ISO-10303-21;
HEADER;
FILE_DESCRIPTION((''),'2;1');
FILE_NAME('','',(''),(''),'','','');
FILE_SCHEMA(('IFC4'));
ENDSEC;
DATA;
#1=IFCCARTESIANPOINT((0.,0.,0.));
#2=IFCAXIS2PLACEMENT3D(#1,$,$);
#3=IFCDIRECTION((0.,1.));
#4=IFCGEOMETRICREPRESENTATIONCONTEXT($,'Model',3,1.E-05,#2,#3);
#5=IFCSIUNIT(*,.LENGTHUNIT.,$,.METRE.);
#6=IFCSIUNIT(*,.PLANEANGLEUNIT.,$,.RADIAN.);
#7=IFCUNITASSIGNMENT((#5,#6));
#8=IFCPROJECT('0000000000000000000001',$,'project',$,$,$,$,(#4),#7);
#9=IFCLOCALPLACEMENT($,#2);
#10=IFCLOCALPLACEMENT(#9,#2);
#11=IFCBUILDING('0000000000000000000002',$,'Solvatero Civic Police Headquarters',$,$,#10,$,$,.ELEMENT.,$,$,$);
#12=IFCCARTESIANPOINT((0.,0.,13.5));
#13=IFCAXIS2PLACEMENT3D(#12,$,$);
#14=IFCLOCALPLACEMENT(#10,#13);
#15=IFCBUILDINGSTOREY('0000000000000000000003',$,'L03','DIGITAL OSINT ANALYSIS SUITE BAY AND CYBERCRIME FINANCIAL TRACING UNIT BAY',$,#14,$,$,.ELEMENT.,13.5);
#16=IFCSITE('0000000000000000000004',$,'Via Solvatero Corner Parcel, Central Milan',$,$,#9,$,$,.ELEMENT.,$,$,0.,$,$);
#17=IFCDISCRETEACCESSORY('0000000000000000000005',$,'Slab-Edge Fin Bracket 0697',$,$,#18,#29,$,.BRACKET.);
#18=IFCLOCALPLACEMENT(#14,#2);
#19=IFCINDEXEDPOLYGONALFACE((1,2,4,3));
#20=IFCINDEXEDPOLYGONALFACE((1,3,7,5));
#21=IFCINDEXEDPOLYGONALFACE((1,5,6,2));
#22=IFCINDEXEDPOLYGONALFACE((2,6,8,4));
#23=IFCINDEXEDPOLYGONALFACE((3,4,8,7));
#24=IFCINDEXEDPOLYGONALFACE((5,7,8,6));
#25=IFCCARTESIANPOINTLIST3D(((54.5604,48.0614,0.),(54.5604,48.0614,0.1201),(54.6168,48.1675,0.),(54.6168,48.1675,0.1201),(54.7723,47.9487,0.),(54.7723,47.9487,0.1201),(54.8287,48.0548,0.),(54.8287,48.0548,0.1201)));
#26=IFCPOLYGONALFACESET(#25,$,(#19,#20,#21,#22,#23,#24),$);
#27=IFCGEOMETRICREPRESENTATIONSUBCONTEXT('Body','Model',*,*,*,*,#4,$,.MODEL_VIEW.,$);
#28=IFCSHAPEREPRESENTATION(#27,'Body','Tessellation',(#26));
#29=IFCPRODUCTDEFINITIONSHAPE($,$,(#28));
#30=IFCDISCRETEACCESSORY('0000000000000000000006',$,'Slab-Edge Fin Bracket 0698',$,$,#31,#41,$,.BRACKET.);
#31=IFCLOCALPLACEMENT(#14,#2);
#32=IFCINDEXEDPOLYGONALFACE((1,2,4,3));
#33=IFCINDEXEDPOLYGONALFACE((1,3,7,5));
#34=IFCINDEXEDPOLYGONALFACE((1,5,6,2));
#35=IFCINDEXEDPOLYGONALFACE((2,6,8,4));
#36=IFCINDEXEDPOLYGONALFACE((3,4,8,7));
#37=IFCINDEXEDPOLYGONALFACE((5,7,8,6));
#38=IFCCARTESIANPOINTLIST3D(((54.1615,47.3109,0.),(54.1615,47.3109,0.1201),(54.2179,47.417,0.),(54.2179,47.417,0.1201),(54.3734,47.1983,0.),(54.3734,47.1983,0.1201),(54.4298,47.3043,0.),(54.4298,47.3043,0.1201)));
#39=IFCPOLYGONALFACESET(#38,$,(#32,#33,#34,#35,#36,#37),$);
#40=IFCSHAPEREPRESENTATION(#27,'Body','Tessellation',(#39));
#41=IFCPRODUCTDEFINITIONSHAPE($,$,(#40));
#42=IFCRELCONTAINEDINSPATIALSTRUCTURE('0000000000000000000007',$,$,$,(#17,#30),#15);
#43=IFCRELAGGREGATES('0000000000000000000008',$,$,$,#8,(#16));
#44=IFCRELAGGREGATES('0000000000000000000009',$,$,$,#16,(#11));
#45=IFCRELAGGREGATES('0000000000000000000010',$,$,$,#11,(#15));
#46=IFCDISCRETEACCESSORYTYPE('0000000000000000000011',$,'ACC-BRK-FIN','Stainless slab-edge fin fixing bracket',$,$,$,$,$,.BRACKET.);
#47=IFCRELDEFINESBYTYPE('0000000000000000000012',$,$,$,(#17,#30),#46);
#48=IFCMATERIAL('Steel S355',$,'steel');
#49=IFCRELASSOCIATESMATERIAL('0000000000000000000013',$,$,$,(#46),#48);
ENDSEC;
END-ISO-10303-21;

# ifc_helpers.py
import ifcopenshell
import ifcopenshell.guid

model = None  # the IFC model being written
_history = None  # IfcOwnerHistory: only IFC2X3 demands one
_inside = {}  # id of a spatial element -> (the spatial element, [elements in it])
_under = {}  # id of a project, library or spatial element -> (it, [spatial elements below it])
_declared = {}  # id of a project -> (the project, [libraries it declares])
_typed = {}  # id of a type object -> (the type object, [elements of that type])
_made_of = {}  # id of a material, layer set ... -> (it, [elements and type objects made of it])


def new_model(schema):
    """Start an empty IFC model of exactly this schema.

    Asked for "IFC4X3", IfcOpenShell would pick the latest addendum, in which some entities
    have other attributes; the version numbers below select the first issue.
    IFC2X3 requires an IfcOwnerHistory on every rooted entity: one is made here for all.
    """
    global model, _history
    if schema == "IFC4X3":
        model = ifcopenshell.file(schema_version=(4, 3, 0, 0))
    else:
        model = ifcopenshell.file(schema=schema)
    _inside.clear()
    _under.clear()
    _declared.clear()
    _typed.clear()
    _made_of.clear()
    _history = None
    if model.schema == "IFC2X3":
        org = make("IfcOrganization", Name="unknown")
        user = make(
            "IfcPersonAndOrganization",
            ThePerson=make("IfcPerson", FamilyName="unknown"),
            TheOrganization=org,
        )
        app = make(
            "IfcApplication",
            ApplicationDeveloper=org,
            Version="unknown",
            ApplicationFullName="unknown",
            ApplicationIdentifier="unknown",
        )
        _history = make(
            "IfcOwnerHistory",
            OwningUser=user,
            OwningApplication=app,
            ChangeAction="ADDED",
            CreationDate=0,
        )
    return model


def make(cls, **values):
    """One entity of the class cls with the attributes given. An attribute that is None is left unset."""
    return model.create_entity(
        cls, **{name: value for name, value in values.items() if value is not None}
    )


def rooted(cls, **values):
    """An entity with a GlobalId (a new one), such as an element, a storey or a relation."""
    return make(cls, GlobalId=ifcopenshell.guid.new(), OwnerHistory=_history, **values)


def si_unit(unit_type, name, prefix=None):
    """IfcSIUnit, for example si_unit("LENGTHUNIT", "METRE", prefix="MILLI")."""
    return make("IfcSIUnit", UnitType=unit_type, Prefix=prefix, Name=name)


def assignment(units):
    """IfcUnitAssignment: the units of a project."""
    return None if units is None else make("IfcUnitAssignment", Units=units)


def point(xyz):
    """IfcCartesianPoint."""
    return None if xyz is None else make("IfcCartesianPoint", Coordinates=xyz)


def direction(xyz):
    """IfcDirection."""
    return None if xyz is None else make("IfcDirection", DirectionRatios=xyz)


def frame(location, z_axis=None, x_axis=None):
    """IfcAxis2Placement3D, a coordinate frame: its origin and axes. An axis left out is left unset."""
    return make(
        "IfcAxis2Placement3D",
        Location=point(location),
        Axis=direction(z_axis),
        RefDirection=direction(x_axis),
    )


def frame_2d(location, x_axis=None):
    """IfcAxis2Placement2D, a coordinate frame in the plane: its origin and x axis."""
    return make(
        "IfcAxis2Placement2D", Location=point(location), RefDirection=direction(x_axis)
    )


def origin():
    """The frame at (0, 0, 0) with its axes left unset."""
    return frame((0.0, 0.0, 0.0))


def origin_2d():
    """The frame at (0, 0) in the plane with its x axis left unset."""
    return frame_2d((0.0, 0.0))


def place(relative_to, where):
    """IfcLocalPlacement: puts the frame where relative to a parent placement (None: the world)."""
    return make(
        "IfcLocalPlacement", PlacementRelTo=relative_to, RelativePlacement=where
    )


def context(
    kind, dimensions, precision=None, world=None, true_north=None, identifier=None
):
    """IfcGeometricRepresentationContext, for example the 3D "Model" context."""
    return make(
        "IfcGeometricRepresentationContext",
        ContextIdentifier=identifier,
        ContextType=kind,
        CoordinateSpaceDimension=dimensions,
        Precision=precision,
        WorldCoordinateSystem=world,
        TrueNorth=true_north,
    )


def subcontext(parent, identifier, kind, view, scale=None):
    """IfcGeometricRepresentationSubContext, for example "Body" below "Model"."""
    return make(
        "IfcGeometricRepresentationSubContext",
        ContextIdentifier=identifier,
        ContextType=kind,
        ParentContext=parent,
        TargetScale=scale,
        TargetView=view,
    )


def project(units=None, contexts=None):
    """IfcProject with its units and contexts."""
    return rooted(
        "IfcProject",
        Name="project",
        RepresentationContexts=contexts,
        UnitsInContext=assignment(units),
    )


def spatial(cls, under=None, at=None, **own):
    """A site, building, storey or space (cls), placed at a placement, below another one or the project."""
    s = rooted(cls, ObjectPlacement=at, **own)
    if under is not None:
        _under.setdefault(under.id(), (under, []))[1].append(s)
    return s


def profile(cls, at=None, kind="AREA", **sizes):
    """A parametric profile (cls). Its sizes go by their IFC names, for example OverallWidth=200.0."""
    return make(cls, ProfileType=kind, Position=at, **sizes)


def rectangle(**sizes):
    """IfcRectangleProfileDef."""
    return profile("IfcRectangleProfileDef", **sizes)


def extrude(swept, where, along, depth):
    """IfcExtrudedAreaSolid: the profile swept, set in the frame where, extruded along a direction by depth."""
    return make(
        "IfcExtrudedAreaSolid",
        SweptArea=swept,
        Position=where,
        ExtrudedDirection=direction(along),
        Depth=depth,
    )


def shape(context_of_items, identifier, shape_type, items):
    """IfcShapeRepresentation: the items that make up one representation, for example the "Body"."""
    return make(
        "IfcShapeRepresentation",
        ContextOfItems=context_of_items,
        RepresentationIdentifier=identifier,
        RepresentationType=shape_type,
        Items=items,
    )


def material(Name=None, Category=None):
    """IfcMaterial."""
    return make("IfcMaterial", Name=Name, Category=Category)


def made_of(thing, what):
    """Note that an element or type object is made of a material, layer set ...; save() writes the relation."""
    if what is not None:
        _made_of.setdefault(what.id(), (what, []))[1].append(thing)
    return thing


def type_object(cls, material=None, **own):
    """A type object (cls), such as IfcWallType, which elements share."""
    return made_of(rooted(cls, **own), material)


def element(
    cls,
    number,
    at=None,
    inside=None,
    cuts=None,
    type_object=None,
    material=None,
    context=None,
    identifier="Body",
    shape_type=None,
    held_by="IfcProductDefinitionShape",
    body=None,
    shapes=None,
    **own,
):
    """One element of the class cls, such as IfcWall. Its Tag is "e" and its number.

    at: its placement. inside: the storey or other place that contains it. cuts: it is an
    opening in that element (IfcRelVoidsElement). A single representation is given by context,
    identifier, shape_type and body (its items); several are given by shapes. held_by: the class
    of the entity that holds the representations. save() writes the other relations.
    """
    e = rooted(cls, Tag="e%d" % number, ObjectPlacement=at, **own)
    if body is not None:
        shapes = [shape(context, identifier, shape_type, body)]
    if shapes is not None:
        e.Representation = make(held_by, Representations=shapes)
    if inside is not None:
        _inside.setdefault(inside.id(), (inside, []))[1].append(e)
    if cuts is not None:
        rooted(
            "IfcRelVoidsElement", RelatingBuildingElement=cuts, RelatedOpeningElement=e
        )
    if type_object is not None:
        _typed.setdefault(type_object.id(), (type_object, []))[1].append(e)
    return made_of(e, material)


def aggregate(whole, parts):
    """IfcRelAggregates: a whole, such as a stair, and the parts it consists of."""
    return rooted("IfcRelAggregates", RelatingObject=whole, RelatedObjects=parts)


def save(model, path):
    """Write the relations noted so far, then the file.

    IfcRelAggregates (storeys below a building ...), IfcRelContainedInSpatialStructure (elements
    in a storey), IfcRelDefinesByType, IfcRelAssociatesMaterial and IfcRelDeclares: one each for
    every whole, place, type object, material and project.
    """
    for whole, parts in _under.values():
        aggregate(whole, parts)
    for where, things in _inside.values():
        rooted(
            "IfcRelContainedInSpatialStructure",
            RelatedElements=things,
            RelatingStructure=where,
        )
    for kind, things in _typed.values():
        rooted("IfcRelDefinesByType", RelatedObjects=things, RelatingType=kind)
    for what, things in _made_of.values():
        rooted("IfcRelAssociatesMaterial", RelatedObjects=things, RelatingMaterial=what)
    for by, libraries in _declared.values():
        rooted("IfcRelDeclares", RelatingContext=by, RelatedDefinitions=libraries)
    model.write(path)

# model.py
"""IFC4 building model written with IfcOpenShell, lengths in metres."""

from ifc_helpers import new_model, si_unit, direction, frame, origin, origin_2d, place, context, subcontext, project, spatial, rectangle, extrude, material, type_object, element, save


model = new_model("IFC4")

# Units and contexts
model_context = context("Model", 3, precision=1e-05, world=origin(), true_north=direction((0.0, 1.0)))
body_context = subcontext(model_context, "Body", "Model", "MODEL_VIEW")
ifc_project = project(units=[si_unit("LENGTHUNIT", "METRE"), si_unit("PLANEANGLEUNIT", "RADIAN")], contexts=[model_context])

# Site, building, storey
site_placement = place(None, origin())
site = spatial("IfcSite", under=ifc_project, at=site_placement, Name="Via Solvatero Corner Parcel, Central Milan", CompositionType="ELEMENT", RefElevation=0.0)
building_placement = place(site_placement, origin())
building = spatial("IfcBuilding", under=site, at=building_placement, Name="Solvatero Civic Police Headquarters", CompositionType="ELEMENT")
storey_placement = place(building_placement, frame((0.0, 0.0, 13.5)))
storey = spatial("IfcBuildingStorey", under=building, at=storey_placement, Name="L03", Description="DIGITAL OSINT ANALYSIS SUITE BAY AND CYBERCRIME FINANCIAL TRACING UNIT BAY", CompositionType="ELEMENT", Elevation=13.5)

# Shared definitions
ifc_material_1 = material(Name="Steel S355", Category="steel")

# Discrete accessories
discrete_accessory_type = type_object("IfcDiscreteAccessoryType", Name="ACC-BRK-FIN", Description="Stainless slab-edge fin fixing bracket", PredefinedType="BRACKET", material=ifc_material_1)
for number, where, z_axis, x_axis, name in (
    (1, (54.6946, 48.0581, 0.0), (0.0, 0.0, 1.0), (-0.469487, -0.882939, 0.0), "Slab-Edge Fin Bracket 0697"),
    (2, (54.2957, 47.3076, 0.0), (0.0, 0.0, 1.0), (-0.469487, -0.882939, 0.0), "Slab-Edge Fin Bracket 0698"),
):
    element("IfcDiscreteAccessory", number, at=place(storey_placement, frame(where, z_axis=z_axis, x_axis=x_axis)), inside=storey, type_object=discrete_accessory_type, Name=name, PredefinedType="BRACKET", context=body_context, shape_type="SweptSolid", body=[
        extrude(rectangle(XDim=0.1201, YDim=0.24, at=origin_2d()), origin(), (0.0, 0.0, 1.0), 0.1201),
    ])

save(model, "model.ifc")
